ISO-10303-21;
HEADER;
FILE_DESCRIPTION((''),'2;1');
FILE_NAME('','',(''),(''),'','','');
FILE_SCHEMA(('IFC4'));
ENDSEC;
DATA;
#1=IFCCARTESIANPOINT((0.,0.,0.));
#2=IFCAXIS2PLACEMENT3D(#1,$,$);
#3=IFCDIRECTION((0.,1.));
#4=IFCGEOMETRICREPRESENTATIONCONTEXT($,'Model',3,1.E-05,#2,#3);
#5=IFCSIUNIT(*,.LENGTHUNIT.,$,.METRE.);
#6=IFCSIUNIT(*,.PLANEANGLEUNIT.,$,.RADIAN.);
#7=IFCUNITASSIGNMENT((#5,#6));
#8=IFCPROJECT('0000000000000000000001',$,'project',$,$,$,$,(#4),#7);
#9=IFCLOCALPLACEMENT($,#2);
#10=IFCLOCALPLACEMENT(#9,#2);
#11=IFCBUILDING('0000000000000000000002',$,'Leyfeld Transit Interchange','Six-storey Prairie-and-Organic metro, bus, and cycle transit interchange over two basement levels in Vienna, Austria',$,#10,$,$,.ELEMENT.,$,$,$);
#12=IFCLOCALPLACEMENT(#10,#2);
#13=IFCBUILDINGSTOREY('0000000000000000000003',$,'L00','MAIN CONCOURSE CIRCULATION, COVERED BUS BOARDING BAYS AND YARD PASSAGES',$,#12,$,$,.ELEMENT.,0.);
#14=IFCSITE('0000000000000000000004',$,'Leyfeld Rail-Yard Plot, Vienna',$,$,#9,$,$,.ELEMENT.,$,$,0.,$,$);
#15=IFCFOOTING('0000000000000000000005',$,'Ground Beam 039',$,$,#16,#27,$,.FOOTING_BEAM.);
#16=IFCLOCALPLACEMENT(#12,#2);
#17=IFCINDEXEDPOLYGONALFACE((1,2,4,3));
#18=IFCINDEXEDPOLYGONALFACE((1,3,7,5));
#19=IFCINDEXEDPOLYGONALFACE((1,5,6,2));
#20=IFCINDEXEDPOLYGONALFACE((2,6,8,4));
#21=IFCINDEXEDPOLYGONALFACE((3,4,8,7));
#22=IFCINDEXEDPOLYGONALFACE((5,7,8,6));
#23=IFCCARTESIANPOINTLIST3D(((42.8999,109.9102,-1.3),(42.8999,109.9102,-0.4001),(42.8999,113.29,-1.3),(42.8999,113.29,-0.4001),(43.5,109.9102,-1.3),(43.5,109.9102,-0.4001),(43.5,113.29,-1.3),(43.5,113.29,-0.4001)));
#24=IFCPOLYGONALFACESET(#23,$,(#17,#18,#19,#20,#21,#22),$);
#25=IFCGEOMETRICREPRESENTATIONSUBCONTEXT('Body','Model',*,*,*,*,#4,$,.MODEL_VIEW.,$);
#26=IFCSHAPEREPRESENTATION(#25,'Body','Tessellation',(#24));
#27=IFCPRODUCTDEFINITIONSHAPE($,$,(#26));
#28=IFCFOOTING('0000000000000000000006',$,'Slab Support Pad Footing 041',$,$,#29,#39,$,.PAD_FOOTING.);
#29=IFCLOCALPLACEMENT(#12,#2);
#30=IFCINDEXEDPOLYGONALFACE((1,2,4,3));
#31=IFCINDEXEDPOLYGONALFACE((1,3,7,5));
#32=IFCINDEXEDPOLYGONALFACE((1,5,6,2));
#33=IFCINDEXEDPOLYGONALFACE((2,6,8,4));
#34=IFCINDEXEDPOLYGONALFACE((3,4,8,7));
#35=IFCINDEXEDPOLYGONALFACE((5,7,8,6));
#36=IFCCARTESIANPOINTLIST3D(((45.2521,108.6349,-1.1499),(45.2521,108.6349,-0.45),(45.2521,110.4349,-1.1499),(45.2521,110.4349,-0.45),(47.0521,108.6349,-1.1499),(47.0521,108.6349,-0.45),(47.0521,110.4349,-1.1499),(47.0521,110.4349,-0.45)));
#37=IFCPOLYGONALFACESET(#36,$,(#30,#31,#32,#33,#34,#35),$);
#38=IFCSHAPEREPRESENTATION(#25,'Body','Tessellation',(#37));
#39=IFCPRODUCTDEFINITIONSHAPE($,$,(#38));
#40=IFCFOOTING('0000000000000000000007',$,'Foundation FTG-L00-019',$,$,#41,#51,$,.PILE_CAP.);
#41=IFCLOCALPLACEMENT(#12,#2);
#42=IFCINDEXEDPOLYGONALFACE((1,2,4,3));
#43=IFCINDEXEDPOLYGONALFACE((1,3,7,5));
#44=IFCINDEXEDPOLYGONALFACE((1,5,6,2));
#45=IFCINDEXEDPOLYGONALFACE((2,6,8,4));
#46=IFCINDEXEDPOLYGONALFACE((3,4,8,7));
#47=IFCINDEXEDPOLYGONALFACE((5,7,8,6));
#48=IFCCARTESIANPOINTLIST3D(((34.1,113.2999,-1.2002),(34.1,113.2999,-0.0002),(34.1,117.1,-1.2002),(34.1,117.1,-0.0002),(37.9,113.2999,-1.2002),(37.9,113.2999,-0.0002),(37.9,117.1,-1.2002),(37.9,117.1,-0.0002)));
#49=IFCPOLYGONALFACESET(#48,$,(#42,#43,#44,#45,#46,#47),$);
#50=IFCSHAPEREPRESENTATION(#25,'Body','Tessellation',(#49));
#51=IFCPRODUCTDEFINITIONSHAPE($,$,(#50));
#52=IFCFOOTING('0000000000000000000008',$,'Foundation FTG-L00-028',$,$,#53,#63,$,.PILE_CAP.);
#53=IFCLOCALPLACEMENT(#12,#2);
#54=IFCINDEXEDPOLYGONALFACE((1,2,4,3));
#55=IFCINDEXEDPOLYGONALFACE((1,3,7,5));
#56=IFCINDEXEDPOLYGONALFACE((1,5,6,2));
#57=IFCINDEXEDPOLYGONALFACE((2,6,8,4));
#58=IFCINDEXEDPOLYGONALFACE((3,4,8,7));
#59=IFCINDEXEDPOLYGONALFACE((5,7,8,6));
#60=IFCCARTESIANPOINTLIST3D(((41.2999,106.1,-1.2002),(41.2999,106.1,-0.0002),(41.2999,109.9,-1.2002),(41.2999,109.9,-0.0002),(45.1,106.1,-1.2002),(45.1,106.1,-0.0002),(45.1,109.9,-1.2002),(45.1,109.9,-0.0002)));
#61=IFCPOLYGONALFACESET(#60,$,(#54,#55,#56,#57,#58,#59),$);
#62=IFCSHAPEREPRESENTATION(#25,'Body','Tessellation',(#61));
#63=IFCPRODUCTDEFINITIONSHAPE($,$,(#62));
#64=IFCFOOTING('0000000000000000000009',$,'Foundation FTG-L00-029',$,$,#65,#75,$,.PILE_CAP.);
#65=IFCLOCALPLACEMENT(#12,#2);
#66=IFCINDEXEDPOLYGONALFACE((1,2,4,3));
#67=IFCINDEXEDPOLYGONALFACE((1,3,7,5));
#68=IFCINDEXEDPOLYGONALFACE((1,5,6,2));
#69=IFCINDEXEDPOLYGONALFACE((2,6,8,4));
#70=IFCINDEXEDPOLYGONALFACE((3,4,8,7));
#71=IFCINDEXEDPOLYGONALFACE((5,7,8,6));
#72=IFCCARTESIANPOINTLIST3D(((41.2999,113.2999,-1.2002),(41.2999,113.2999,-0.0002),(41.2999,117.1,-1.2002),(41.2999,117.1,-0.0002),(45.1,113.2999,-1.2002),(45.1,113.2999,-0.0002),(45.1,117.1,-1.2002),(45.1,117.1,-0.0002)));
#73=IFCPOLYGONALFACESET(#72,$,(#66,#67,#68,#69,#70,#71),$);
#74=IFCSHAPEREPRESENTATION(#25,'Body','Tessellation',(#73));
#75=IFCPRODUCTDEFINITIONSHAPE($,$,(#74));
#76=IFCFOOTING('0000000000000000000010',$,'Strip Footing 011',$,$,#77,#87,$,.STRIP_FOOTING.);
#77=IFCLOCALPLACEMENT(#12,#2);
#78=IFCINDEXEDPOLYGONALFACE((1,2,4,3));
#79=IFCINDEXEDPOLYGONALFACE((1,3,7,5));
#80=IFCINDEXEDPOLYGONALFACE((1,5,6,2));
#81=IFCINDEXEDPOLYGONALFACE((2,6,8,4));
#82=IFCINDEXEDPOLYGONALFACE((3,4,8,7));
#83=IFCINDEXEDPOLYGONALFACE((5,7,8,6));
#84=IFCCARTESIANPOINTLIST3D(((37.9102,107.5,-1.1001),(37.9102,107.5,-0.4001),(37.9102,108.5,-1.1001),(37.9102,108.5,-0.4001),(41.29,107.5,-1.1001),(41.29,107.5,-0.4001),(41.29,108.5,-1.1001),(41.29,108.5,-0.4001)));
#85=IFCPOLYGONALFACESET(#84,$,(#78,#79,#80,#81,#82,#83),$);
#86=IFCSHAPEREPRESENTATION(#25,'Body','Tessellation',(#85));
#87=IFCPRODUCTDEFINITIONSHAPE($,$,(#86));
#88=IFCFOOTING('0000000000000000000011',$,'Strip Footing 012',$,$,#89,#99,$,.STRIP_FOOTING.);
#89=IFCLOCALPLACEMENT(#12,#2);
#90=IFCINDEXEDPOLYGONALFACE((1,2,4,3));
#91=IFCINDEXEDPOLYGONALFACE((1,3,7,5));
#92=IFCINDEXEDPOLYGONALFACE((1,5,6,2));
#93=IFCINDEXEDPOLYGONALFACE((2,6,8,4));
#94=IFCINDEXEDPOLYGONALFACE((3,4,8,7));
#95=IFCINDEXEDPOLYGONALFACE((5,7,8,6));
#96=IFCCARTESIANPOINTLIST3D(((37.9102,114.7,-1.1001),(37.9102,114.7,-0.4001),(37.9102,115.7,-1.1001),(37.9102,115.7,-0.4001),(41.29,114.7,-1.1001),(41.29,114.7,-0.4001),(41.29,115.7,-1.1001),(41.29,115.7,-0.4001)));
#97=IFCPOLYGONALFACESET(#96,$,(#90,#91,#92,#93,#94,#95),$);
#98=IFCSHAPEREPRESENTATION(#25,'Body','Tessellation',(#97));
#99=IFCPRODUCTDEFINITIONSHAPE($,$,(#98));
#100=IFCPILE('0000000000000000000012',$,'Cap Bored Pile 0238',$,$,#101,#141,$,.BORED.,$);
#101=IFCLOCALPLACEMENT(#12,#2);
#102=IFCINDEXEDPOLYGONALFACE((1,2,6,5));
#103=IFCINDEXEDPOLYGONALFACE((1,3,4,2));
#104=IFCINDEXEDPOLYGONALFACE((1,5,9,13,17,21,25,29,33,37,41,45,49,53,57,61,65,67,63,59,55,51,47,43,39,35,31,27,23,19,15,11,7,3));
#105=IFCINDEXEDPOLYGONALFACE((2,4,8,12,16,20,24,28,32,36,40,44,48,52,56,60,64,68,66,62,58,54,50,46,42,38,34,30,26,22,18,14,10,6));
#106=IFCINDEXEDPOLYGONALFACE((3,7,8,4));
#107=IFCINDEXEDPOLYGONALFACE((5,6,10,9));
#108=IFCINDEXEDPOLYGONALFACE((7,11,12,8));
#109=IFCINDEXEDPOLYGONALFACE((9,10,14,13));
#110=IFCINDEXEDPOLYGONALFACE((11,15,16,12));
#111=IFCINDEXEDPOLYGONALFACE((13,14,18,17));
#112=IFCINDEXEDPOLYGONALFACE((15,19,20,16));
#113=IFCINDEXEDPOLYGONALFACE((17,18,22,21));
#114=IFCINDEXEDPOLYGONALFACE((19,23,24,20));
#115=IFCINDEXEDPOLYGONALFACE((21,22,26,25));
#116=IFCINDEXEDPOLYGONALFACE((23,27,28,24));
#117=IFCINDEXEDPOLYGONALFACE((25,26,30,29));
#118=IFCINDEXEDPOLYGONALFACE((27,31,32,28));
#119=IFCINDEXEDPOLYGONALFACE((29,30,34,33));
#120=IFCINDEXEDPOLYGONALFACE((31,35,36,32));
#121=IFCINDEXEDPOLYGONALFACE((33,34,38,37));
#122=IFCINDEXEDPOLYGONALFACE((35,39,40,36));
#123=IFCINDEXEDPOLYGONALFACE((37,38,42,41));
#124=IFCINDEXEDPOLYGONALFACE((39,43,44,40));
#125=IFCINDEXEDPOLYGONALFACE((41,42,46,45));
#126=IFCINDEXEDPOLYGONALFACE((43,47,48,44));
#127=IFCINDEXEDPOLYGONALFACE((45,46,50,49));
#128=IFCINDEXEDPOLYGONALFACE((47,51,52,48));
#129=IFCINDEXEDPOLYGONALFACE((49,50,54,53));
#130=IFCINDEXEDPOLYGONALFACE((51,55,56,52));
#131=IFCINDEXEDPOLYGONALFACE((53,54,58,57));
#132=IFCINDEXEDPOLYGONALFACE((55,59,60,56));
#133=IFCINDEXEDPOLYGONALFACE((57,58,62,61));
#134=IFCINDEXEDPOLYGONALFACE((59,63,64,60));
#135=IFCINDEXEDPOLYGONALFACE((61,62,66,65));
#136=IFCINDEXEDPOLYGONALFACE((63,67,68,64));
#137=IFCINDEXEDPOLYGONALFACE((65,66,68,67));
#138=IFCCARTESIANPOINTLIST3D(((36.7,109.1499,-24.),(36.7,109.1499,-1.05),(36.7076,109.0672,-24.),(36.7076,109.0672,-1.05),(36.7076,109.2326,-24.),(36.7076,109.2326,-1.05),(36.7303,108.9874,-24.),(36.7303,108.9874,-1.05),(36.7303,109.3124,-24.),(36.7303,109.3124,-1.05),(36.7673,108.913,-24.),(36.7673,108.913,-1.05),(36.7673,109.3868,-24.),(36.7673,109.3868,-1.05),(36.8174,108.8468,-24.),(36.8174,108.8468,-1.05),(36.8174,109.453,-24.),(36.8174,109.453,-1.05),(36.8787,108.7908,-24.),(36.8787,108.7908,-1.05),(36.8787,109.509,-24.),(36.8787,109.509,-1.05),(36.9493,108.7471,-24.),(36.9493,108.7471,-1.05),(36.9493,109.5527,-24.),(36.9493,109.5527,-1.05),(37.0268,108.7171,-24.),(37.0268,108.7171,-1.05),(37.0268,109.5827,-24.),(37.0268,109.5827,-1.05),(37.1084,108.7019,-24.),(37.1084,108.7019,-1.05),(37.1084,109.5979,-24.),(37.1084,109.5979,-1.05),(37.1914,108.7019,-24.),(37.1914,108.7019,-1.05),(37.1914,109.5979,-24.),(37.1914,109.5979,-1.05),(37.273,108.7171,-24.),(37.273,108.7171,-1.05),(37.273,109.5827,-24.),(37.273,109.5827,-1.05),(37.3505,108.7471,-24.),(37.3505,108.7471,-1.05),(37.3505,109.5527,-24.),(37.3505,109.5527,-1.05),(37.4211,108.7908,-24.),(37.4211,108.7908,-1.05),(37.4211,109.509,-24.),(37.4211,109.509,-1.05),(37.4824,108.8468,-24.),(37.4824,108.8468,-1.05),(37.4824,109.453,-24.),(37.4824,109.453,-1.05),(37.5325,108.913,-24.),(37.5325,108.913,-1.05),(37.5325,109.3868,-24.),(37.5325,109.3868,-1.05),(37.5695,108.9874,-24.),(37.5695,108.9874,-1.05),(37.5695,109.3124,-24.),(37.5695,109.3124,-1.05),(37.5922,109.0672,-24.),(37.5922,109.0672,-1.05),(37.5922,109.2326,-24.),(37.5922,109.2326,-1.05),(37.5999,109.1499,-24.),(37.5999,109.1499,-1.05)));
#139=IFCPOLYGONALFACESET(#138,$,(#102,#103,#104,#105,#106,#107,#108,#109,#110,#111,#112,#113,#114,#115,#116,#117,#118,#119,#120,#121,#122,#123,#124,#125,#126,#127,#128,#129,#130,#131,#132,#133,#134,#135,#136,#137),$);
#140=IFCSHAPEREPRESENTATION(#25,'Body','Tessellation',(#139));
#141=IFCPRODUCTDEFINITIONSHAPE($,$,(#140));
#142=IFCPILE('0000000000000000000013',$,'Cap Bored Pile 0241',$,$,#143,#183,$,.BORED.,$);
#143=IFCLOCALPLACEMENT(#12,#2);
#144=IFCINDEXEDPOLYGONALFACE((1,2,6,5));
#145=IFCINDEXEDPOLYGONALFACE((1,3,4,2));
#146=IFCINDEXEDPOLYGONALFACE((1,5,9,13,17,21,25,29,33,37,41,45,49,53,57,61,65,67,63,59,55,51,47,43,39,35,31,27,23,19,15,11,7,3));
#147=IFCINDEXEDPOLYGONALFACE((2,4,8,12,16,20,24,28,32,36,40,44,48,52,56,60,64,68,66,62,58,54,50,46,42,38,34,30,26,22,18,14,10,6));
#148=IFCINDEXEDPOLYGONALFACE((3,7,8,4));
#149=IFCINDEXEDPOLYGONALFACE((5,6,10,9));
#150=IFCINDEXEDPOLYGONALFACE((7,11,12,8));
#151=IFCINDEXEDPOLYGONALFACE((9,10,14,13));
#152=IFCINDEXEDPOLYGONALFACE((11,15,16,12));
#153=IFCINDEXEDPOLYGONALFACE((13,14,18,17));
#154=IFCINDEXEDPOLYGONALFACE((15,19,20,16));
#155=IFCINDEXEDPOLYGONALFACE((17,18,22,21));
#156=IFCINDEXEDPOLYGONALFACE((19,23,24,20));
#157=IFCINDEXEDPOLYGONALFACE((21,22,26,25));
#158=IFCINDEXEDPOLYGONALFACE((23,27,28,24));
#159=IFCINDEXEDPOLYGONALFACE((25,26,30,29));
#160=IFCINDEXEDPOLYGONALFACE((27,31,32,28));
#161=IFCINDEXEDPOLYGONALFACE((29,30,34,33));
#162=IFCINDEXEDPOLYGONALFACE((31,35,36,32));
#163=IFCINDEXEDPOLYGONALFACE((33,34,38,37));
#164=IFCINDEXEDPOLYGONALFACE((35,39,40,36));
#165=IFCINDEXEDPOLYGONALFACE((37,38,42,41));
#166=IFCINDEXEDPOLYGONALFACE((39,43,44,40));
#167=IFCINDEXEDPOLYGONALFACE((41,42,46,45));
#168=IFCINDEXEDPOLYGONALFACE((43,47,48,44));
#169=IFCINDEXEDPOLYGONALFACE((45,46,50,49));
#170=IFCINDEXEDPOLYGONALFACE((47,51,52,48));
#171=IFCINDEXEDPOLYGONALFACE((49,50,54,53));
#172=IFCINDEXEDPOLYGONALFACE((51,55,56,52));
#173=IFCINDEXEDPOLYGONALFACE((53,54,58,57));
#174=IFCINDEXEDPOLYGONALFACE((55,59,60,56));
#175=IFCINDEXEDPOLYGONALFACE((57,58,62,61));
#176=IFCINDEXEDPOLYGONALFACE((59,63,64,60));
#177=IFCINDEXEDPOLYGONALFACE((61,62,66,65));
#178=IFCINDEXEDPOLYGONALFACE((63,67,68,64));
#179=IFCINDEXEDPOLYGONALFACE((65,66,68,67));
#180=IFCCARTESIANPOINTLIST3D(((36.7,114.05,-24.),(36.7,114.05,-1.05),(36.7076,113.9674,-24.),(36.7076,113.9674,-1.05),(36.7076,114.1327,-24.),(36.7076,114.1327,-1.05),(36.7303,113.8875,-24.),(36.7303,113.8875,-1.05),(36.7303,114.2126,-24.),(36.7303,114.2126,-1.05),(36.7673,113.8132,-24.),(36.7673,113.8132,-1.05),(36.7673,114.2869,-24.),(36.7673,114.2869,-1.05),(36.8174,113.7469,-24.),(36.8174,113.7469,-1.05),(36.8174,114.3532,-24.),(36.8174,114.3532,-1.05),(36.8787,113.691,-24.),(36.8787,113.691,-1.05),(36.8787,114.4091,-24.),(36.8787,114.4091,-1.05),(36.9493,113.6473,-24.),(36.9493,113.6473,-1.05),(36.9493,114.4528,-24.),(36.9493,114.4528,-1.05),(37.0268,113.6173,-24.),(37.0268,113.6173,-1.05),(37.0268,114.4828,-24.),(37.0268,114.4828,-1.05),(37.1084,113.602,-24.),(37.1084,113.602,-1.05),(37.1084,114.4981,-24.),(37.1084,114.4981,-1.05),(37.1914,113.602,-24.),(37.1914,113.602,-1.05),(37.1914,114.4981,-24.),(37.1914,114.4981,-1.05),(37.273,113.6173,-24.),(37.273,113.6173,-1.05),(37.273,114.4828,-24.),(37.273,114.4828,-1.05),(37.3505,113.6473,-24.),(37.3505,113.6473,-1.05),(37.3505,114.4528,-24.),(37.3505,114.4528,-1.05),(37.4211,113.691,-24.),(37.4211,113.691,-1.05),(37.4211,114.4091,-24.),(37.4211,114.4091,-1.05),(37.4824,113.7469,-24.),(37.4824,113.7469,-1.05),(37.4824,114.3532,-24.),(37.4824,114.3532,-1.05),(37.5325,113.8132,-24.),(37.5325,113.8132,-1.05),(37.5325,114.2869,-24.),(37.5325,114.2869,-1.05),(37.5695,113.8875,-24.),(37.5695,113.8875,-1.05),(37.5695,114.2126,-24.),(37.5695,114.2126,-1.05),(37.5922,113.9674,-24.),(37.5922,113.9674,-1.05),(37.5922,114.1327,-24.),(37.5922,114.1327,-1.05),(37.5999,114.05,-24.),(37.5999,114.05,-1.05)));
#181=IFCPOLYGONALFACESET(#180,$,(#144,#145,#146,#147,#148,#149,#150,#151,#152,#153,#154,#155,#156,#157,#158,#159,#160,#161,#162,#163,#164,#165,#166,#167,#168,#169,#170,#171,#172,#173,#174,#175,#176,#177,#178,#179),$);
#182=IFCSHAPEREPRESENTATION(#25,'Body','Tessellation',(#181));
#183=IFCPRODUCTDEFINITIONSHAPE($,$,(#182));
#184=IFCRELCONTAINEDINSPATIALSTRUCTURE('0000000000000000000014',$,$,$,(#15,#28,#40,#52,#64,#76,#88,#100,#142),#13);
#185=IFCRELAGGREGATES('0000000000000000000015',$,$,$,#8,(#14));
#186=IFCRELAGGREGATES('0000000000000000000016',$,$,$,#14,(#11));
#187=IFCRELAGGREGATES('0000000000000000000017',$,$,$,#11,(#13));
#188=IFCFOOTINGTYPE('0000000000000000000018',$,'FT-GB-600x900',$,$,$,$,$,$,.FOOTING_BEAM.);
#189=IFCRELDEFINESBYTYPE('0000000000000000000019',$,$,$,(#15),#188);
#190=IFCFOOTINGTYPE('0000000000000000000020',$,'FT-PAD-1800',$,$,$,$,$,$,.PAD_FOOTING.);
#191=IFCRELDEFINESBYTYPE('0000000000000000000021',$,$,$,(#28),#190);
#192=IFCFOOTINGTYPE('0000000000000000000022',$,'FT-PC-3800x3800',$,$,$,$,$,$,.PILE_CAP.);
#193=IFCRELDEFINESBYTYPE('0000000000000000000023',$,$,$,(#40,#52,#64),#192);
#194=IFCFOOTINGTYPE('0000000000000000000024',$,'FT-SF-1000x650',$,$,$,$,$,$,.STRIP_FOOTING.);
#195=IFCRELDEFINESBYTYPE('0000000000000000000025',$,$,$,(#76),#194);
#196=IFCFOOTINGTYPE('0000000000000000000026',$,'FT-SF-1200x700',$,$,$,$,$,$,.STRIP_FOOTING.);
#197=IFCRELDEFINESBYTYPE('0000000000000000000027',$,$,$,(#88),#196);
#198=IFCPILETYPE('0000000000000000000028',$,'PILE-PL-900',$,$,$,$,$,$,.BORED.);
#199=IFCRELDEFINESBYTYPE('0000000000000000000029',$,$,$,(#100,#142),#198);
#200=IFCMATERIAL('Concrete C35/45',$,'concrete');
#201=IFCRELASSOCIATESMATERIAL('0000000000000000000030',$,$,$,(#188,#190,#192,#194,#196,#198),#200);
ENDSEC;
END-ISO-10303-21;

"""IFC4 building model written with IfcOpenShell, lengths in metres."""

from ifc_helpers import new_model, si_unit, direction, frame, origin, origin_2d, place, context, subcontext, project, spatial, rectangle, circle, extrude, material, material_profile, profile_set, type_object, element, save


model = new_model("IFC4")

# Units and contexts
model_context = context("Model", 3, precision=1e-05, world=origin(), true_north=direction((0.0, 1.0)))
body_context = subcontext(model_context, "Body", "Model", "MODEL_VIEW")
ifc_project = project(units=[si_unit("LENGTHUNIT", "METRE"), si_unit("PLANEANGLEUNIT", "RADIAN")], contexts=[model_context])

# Site, building, storey
site_placement = place(None, origin())
site = spatial("IfcSite", under=ifc_project, at=site_placement, Name="Leyfeld Rail-Yard Plot, Vienna", CompositionType="ELEMENT", RefElevation=0.0)
building_placement = place(site_placement, origin())
building = spatial("IfcBuilding", under=site, at=building_placement, Name="Leyfeld Transit Interchange", Description="Six-storey Prairie-and-Organic metro, bus, and cycle transit interchange over two basement levels in Vienna, Austria", CompositionType="ELEMENT")
storey_placement = place(building_placement, origin())
storey = spatial("IfcBuildingStorey", under=building, at=storey_placement, Name="L00", Description="MAIN CONCOURSE CIRCULATION, COVERED BUS BOARDING BAYS AND YARD PASSAGES", CompositionType="ELEMENT", Elevation=0.0)

# Footings
ifc_material_1 = material(Name="Concrete C35/45", Category="concrete")
footing_type_1 = type_object("IfcFootingType", Name="FT-GB-600x900", PredefinedType="FOOTING_BEAM", material=ifc_material_1)
footing_1_placement = place(storey_placement, frame((43.2, 111.6001, -1.3), z_axis=(0.0, 0.0, 1.0), x_axis=(1.0, 0.0, 0.0)))
element("IfcFooting", 1, at=footing_1_placement, inside=storey, type_object=footing_type_1, Name="Ground Beam 039", PredefinedType="FOOTING_BEAM", context=body_context, shape_type="SweptSolid", body=[
    extrude(rectangle(XDim=0.6001, YDim=3.3799, at=origin_2d()), origin(), (0.0, 0.0, 1.0), 0.8999),
])
footing_type_2 = type_object("IfcFootingType", Name="FT-PAD-1800", PredefinedType="PAD_FOOTING", material=ifc_material_1)
footing_2_placement = place(storey_placement, frame((46.1521, 109.5349, -1.1499), z_axis=(0.0, 0.0, 1.0), x_axis=(1.0, 0.0, 0.0)))
element("IfcFooting", 2, at=footing_2_placement, inside=storey, type_object=footing_type_2, Name="Slab Support Pad Footing 041", PredefinedType="PAD_FOOTING", context=body_context, shape_type="SweptSolid", body=[
    extrude(rectangle(XDim=1.8, YDim=1.8, at=origin_2d()), origin(), (0.0, 0.0, 1.0), 0.7),
])
footing_type_3 = type_object("IfcFootingType", Name="FT-PC-3800x3800", PredefinedType="PILE_CAP", material=ifc_material_1)
for number, where, z_axis, x_axis, name in (
    (3, (36.0, 115.2, -1.2002), (0.0, 0.0, 1.0), (1.0, 0.0, 0.0), "Foundation FTG-L00-019"),
    (4, (43.2, 108.0, -1.2002), (0.0, 0.0, 1.0), (1.0, 0.0, 0.0), "Foundation FTG-L00-028"),
    (5, (43.2, 115.2, -1.2002), (0.0, 0.0, 1.0), (1.0, 0.0, 0.0), "Foundation FTG-L00-029"),
):
    element("IfcFooting", number, at=place(storey_placement, frame(where, z_axis=z_axis, x_axis=x_axis)), inside=storey, type_object=footing_type_3, Name=name, PredefinedType="PILE_CAP", context=body_context, shape_type="SweptSolid", body=[
        extrude(rectangle(XDim=3.8, YDim=3.8, at=origin_2d()), origin(), (0.0, 0.0, 1.0), 1.2),
    ])
footing_type_4 = type_object("IfcFootingType", Name="FT-SF-1000x650", PredefinedType="STRIP_FOOTING", material=ifc_material_1)
footing_3_placement = place(storey_placement, frame((39.6001, 108.0, -1.1001), z_axis=(0.0, 0.0, 1.0), x_axis=(1.0, 0.0, 0.0)))
element("IfcFooting", 6, at=footing_3_placement, inside=storey, type_object=footing_type_4, Name="Strip Footing 011", PredefinedType="STRIP_FOOTING", context=body_context, shape_type="SweptSolid", body=[
    extrude(rectangle(XDim=3.3799, YDim=1.0, at=origin_2d()), origin(), (0.0, 0.0, 1.0), 0.7),
])
footing_type_5 = type_object("IfcFootingType", Name="FT-SF-1200x700", PredefinedType="STRIP_FOOTING", material=ifc_material_1)
footing_4_placement = place(storey_placement, frame((39.6001, 115.2, -1.1001), z_axis=(0.0, 0.0, 1.0), x_axis=(1.0, 0.0, 0.0)))
element("IfcFooting", 7, at=footing_4_placement, inside=storey, type_object=footing_type_5, Name="Strip Footing 012", PredefinedType="STRIP_FOOTING", context=body_context, shape_type="SweptSolid", body=[
    extrude(rectangle(XDim=3.3799, YDim=1.0, at=origin_2d()), origin(), (0.0, 0.0, 1.0), 0.7),
])

# Piles
ifc_material_profile_1 = material_profile(ifc_material_1, circle(Radius=0.45, at=origin_2d()), Name="PILE D900")
ifc_profile_set_1 = profile_set([ifc_material_profile_1], Name="Concrete C35/45")
pile_type = type_object("IfcPileType", Name="PILE-PL-900", PredefinedType="BORED", material=ifc_profile_set_1)
for number, where, z_axis, x_axis, name in (
    (8, (37.1499, 109.1499, -1.05), (0.0, 0.0, -1.0), (1.0, 0.0, 0.0), "Cap Bored Pile 0238"),
    (9, (37.1499, 114.05, -1.05), (0.0, 0.0, -1.0), (1.0, 0.0, 0.0), "Cap Bored Pile 0241"),
):
    element("IfcPile", number, at=place(storey_placement, frame(where, z_axis=z_axis, x_axis=x_axis)), inside=storey, type_object=pile_type, Name=name, PredefinedType="BORED", context=body_context, shape_type="SweptSolid", body=[
        extrude(circle(Radius=0.45, at=origin_2d()), origin(), (0.0, 0.0, 1.0), 22.95),
    ])

save(model, "model.ifc")
